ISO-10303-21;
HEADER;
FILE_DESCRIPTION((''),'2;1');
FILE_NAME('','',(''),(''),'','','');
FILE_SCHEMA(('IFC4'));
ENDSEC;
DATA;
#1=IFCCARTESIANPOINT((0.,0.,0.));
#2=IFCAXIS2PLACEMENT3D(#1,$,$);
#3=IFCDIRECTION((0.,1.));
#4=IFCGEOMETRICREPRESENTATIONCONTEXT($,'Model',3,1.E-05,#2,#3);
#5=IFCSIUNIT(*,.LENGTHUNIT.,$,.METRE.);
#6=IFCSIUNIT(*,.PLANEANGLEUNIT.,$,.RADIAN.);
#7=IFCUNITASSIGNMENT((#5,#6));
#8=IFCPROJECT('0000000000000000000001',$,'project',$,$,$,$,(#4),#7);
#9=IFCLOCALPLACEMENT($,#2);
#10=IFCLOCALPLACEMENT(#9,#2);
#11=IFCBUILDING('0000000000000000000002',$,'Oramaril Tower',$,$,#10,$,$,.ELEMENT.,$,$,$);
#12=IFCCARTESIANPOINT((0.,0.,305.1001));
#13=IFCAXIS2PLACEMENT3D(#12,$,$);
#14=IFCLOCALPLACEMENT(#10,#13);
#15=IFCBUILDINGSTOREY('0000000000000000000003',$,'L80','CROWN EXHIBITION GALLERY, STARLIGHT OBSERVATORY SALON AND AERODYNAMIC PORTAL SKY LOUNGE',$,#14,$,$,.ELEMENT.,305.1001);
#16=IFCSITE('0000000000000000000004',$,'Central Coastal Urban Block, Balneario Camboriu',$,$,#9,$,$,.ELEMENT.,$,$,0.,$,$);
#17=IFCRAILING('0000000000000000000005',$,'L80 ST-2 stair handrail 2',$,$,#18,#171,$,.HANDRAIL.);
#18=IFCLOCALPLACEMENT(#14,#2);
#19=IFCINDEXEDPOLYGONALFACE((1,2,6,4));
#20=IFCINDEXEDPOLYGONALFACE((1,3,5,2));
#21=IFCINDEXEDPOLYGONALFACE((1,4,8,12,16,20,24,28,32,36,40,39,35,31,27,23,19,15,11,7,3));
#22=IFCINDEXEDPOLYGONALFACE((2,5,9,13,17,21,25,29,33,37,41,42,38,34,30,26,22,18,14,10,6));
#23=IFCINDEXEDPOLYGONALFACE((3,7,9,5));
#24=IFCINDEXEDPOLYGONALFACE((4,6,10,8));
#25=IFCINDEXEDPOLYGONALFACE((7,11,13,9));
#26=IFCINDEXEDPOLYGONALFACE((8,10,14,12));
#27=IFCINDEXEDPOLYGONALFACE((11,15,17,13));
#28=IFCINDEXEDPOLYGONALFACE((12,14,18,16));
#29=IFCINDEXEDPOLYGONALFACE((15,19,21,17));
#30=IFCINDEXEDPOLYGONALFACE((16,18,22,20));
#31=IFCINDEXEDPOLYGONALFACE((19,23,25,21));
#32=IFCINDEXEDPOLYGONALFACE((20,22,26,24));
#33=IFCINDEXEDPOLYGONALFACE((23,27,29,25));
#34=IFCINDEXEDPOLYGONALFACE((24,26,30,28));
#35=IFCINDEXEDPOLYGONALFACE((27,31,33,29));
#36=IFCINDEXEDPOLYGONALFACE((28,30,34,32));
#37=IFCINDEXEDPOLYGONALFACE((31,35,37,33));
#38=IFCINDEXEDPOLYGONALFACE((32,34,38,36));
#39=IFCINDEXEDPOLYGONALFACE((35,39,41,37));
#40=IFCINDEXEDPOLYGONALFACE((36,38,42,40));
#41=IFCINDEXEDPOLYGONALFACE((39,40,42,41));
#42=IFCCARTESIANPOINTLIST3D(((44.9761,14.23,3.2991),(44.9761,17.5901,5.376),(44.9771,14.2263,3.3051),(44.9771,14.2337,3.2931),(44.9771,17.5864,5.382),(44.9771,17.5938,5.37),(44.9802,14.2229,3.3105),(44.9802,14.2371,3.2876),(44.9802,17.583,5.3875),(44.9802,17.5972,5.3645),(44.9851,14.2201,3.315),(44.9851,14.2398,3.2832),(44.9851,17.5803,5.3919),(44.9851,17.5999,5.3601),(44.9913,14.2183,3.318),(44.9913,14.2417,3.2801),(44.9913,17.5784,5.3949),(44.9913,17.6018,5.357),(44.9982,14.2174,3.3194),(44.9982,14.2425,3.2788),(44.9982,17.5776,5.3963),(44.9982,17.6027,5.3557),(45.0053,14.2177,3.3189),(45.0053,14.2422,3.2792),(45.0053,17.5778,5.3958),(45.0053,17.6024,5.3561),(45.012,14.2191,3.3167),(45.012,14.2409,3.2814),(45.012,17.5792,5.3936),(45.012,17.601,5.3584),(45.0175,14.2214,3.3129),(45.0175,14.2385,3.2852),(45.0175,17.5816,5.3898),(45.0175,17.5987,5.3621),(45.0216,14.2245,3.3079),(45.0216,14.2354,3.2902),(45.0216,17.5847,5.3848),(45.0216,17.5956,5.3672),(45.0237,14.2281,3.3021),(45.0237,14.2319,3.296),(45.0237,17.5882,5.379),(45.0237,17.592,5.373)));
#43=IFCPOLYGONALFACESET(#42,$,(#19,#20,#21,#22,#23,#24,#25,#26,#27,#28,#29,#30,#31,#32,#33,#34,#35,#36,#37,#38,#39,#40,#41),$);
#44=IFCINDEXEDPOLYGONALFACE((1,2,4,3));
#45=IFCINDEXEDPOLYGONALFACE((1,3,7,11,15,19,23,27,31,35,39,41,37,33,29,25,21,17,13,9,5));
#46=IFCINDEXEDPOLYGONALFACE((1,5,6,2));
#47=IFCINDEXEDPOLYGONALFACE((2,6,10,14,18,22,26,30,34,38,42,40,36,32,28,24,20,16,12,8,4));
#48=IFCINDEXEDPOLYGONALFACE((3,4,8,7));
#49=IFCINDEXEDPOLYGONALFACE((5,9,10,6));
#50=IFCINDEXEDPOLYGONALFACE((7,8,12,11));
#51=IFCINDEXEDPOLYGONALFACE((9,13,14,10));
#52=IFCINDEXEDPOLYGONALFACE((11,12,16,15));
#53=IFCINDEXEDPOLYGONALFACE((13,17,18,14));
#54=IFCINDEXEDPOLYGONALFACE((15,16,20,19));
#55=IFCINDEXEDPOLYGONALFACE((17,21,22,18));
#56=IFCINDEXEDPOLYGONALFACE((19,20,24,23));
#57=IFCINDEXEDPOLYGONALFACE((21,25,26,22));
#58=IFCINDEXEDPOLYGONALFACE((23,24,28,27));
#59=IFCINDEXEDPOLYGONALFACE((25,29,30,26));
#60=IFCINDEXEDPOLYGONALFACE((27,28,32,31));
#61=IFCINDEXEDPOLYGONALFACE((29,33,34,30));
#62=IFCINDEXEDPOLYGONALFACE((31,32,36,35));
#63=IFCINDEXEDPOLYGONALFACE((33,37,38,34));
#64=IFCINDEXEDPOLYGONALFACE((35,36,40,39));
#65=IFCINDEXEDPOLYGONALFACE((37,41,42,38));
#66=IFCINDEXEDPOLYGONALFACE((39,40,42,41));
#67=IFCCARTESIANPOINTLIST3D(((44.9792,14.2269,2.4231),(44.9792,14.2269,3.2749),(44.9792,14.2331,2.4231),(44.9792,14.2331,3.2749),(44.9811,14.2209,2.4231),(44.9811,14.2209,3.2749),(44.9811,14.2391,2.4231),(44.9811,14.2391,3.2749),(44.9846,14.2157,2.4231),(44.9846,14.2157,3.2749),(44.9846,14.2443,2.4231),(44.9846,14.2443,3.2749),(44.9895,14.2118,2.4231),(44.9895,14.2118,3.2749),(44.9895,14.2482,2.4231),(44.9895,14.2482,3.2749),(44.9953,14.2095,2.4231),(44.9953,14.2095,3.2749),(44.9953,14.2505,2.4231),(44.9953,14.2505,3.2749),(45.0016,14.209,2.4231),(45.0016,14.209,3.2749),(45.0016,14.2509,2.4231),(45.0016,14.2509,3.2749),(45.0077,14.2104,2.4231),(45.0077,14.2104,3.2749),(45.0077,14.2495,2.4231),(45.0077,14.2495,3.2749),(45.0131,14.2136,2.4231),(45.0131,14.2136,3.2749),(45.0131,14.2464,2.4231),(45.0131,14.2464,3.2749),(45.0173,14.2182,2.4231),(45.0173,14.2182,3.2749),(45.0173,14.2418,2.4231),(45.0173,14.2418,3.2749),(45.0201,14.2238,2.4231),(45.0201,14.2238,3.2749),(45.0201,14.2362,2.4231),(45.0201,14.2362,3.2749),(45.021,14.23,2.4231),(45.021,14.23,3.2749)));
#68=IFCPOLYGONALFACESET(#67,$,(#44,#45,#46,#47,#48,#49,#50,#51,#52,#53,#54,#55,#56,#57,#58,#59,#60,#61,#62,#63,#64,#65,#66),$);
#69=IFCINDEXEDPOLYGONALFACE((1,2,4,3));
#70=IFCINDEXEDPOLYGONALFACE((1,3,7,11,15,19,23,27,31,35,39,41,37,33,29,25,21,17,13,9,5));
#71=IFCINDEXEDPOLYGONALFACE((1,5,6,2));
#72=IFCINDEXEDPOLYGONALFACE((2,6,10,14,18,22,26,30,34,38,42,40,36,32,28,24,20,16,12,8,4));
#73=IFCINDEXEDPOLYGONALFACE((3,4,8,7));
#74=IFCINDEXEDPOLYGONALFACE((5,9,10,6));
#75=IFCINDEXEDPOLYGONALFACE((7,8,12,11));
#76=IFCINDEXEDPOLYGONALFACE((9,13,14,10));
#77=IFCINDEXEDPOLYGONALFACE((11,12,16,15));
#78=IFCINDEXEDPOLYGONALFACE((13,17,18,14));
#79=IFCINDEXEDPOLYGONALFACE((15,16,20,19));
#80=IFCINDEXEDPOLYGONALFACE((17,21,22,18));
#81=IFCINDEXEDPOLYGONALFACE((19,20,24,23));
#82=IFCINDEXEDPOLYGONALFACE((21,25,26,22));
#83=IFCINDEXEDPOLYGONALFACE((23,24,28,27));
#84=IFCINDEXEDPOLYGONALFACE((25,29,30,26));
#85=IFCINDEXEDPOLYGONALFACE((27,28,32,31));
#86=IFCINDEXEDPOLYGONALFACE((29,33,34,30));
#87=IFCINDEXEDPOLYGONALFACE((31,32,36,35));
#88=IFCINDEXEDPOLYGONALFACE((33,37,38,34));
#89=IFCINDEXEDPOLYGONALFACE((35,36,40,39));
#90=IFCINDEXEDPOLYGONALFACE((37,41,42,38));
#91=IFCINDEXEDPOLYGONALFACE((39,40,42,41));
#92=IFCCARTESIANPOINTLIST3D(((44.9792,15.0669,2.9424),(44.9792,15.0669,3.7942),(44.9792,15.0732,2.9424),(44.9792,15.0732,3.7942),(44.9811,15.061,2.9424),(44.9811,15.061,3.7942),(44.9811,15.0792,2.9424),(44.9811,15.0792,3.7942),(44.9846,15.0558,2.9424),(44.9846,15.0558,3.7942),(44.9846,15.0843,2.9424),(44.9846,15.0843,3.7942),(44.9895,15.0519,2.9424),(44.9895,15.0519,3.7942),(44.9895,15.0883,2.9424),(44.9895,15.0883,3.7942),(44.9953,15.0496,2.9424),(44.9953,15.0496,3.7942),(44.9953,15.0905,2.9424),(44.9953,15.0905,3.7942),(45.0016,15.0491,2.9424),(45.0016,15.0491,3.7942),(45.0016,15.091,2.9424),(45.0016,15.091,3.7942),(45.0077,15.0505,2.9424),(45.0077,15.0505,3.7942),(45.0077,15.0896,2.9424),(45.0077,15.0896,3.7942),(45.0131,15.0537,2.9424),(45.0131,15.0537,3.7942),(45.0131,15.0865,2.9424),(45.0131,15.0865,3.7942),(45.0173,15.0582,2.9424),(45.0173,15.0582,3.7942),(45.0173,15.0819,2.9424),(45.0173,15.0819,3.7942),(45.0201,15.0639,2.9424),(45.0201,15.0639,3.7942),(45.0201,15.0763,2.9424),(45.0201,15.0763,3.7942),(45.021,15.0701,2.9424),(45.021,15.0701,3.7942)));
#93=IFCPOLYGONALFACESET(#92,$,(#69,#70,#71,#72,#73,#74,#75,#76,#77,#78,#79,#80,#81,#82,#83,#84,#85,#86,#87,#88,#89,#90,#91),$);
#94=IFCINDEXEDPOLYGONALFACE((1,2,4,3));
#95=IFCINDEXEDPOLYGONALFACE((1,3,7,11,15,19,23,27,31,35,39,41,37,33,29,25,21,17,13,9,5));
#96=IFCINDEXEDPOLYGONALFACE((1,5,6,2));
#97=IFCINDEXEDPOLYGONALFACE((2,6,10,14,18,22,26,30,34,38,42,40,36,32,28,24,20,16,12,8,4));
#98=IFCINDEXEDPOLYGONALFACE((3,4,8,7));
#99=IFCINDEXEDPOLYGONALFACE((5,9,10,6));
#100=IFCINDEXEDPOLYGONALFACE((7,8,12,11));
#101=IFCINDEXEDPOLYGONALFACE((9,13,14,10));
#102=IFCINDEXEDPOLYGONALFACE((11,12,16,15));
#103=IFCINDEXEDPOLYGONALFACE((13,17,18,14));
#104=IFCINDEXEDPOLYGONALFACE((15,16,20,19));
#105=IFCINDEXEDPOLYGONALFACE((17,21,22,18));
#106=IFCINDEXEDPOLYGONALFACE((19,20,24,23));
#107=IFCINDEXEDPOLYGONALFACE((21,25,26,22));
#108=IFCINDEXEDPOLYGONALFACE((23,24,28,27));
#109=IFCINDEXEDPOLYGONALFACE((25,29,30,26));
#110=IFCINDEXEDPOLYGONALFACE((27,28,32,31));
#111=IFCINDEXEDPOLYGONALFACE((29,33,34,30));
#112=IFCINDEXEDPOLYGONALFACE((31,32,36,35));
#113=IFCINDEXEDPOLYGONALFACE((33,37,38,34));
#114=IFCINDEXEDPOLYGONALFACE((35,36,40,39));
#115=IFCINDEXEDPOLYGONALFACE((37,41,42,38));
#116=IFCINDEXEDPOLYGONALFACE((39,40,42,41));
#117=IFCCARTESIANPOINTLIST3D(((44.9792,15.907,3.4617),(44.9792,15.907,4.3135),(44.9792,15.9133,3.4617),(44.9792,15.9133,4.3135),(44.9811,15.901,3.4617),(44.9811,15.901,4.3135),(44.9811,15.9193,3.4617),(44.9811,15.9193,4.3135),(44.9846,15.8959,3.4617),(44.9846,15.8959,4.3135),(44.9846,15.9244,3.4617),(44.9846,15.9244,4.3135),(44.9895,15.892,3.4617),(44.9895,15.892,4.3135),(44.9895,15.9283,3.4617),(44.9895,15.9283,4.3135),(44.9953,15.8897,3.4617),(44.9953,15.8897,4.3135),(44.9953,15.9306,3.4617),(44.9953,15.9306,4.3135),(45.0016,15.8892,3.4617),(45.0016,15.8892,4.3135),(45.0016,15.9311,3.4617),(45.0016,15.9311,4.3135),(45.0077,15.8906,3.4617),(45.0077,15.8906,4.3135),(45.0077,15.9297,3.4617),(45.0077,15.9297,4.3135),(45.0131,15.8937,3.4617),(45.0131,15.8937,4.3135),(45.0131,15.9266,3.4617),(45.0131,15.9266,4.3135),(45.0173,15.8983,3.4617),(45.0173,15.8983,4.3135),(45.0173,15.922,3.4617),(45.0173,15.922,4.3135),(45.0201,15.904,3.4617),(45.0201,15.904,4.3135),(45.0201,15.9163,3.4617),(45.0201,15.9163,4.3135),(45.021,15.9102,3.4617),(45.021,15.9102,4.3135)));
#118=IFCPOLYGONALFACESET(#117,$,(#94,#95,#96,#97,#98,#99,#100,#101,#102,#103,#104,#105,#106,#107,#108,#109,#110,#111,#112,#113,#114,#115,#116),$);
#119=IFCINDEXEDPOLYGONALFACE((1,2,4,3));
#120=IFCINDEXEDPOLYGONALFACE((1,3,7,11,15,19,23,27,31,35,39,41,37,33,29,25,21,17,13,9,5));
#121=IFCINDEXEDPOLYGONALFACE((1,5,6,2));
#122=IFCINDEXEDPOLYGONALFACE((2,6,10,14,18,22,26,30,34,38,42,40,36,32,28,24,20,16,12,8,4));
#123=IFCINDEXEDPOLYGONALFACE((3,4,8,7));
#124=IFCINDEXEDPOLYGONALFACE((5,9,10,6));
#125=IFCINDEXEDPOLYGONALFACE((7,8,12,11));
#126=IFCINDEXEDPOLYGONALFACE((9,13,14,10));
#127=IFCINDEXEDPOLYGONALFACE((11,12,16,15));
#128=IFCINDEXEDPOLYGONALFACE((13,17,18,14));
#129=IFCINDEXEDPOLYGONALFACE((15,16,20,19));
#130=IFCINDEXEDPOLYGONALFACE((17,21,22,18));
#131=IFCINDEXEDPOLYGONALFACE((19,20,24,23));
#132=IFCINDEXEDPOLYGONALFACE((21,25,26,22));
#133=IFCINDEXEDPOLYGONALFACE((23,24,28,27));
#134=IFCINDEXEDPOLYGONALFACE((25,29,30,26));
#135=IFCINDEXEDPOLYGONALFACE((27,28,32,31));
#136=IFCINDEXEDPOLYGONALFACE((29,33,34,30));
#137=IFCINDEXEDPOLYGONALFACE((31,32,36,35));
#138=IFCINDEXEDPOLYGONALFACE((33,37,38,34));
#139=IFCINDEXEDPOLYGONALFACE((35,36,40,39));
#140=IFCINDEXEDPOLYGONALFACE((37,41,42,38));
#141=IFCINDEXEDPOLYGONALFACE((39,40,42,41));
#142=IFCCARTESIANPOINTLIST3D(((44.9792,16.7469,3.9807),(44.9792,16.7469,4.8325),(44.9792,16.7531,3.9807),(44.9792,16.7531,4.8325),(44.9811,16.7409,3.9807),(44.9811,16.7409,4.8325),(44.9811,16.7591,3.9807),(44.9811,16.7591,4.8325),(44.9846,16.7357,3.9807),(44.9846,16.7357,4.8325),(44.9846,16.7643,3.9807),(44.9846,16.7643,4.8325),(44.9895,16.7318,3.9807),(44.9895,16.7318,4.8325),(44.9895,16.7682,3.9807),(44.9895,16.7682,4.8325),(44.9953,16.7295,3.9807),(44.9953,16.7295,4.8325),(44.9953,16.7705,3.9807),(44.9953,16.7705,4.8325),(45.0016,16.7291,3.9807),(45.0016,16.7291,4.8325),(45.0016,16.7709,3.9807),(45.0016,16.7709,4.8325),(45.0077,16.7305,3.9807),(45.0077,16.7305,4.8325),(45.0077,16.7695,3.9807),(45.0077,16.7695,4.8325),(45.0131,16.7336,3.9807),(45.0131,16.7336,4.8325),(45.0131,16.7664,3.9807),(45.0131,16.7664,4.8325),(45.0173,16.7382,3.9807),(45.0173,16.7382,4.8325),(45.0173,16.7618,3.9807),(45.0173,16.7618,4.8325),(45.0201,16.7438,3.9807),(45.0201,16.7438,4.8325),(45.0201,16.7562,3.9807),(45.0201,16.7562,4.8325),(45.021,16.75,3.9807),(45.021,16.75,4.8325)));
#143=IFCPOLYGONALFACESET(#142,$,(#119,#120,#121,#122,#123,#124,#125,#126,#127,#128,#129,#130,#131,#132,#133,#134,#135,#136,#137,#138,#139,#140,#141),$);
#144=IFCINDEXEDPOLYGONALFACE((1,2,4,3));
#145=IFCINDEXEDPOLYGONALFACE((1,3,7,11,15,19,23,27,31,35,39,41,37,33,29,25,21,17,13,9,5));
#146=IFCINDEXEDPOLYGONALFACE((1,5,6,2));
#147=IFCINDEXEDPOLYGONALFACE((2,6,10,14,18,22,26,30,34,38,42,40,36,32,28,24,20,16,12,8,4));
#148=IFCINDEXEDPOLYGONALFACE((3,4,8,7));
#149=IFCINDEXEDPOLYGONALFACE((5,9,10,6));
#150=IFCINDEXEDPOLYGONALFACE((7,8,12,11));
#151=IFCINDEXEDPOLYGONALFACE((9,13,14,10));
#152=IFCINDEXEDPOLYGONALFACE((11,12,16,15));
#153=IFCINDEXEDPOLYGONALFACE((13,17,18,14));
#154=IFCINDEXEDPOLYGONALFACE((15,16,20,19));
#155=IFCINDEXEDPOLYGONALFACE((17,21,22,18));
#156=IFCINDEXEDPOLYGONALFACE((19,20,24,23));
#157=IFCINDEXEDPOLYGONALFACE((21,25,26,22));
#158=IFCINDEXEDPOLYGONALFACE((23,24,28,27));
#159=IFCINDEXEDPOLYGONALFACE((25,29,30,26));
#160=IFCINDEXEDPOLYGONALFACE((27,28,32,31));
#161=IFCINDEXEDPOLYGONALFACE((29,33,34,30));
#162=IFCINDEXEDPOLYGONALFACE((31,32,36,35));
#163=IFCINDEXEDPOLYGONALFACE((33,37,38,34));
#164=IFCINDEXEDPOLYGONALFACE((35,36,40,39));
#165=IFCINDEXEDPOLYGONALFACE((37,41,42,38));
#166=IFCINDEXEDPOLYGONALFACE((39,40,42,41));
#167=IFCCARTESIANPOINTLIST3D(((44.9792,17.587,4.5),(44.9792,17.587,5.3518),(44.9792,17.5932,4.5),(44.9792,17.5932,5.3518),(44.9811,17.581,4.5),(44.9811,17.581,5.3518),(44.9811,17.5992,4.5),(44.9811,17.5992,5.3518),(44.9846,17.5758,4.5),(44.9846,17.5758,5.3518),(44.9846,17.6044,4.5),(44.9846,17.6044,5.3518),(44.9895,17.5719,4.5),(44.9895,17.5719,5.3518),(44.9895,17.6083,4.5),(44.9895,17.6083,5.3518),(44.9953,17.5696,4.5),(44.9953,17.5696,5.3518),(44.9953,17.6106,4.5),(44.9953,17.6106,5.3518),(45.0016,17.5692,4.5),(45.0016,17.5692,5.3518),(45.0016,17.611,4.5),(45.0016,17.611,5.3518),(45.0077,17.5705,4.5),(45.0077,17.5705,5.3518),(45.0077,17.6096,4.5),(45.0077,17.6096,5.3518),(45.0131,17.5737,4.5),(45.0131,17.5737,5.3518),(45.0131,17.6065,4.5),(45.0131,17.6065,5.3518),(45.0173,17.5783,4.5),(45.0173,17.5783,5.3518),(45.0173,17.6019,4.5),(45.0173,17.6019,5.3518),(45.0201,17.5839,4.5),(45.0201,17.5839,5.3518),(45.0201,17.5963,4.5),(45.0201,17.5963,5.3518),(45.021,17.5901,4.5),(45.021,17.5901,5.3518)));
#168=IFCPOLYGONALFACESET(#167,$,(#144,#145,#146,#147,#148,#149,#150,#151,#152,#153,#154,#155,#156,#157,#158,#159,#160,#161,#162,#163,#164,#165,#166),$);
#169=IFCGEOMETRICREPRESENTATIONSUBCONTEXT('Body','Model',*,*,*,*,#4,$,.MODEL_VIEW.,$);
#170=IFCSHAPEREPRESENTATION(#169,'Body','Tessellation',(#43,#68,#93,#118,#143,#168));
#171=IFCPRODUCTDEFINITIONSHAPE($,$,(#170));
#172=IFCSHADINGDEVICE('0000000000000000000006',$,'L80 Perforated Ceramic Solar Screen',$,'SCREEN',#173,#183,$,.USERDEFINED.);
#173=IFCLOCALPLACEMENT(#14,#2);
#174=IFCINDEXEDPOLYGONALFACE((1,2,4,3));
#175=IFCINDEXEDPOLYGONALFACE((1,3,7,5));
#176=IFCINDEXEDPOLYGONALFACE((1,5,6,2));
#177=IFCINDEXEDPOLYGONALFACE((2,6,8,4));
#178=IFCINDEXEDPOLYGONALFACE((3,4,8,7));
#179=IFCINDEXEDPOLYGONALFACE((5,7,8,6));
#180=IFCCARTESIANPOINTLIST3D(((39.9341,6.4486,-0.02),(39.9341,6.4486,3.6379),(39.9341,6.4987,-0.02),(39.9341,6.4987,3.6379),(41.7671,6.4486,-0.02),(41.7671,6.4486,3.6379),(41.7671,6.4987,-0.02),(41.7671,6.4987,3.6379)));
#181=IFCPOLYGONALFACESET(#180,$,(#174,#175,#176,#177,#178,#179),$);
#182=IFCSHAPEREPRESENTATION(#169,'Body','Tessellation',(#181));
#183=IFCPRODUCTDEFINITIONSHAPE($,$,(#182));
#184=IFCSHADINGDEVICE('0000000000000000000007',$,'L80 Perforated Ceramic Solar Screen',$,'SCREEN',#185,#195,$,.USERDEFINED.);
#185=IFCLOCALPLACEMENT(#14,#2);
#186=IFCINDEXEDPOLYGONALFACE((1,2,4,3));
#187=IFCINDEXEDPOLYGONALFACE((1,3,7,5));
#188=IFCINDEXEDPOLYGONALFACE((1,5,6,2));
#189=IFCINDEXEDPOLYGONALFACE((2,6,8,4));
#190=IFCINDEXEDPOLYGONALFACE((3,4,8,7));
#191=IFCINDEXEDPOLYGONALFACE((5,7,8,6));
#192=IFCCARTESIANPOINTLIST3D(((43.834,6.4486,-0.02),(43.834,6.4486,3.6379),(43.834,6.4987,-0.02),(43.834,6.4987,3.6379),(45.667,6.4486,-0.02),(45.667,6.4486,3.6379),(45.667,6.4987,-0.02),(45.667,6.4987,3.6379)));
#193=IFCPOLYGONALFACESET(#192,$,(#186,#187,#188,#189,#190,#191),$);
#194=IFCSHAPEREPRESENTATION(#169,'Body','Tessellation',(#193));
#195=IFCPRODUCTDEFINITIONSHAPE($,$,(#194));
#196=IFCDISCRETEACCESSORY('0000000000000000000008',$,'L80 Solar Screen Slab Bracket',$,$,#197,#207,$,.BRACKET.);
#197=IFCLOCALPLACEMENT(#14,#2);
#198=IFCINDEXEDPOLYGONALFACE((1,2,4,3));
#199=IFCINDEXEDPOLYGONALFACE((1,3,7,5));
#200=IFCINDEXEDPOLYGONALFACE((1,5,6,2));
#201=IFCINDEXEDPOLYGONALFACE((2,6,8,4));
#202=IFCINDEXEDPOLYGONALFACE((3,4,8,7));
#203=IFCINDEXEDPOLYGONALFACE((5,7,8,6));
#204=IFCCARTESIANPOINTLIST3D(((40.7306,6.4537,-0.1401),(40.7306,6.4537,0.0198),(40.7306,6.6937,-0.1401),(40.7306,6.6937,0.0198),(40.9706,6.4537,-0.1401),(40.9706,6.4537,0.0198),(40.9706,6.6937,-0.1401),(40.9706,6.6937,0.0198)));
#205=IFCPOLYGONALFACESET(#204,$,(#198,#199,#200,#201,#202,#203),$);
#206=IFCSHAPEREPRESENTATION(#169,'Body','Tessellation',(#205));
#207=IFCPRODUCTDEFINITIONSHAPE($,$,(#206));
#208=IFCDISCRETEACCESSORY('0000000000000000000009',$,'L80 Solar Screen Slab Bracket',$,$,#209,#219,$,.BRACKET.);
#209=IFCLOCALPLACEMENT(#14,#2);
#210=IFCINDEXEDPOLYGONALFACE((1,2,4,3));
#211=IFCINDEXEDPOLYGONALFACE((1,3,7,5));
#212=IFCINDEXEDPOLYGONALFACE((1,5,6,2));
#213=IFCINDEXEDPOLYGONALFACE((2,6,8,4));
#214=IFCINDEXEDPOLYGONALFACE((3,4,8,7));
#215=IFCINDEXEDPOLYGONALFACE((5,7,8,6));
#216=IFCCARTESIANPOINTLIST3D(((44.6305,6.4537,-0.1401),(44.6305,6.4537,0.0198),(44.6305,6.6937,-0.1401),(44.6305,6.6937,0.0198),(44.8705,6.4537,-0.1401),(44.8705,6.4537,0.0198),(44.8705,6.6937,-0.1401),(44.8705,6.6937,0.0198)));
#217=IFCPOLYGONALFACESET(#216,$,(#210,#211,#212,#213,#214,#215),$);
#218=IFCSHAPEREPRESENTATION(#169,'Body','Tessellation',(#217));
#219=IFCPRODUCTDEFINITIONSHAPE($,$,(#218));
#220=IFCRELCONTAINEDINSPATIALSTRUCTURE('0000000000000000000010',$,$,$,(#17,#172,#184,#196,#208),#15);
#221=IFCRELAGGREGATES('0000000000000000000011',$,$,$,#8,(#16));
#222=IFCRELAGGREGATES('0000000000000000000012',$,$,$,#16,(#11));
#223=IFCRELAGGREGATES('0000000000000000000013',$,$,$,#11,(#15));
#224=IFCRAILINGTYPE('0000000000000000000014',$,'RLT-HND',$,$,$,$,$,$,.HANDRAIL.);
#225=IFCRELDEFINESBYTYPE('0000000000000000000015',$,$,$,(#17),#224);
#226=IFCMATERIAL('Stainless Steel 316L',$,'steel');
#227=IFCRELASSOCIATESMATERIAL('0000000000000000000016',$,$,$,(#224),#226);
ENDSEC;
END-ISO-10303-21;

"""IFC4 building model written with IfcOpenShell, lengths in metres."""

from ifc_helpers import new_model, si_unit, direction, frame, origin, origin_2d, place, context, subcontext, project, spatial, rectangle, circle, extrude, material, type_object, element, save


model = new_model("IFC4")

# Units and contexts
model_context = context("Model", 3, precision=1e-05, world=origin(), true_north=direction((0.0, 1.0)))
body_context = subcontext(model_context, "Body", "Model", "MODEL_VIEW")
ifc_project = project(units=[si_unit("LENGTHUNIT", "METRE"), si_unit("PLANEANGLEUNIT", "RADIAN")], contexts=[model_context])

# Site, building, storey
site_placement = place(None, origin())
site = spatial("IfcSite", under=ifc_project, at=site_placement, Name="Central Coastal Urban Block, Balneario Camboriu", CompositionType="ELEMENT", RefElevation=0.0)
building_placement = place(site_placement, origin())
building = spatial("IfcBuilding", under=site, at=building_placement, Name="Oramaril Tower", CompositionType="ELEMENT")
storey_placement = place(building_placement, frame((0.0, 0.0, 305.1001)))
storey = spatial("IfcBuildingStorey", under=building, at=storey_placement, Name="L80", Description="CROWN EXHIBITION GALLERY, STARLIGHT OBSERVATORY SALON AND AERODYNAMIC PORTAL SKY LOUNGE", CompositionType="ELEMENT", Elevation=305.1001)

# Railing
ifc_material_1 = material(Name="Stainless Steel 316L", Category="steel")
railing_type_1 = type_object("IfcRailingType", Name="RLT-HND", PredefinedType="HANDRAIL", material=ifc_material_1)
railing_1_placement = place(storey_placement, frame((45.0, 14.23, 2.4231)))
element("IfcRailing", 1, at=railing_1_placement, inside=storey, type_object=railing_type_1, Name="L80 ST-2 stair handrail 2", PredefinedType="HANDRAIL", context=body_context, shape_type="SweptSolid", body=[
    extrude(circle(Radius=0.0239, at=origin_2d()), frame((0.0, 0.0, 0.876), z_axis=(0.0, 0.850623, 0.525776), x_axis=(-1.0, 0.0, 0.0)), (0.0, 0.0, 1.0), 3.9502),
    extrude(circle(Radius=0.021, at=origin_2d()), origin(), (0.0, 0.0, 1.0), 0.8518),
    extrude(circle(Radius=0.021, at=origin_2d()), frame((0.0, 0.8401, 0.5193)), (0.0, 0.0, 1.0), 0.8518),
    extrude(circle(Radius=0.021, at=origin_2d()), frame((0.0, 1.6802, 1.0386)), (0.0, 0.0, 1.0), 0.8518),
    extrude(circle(Radius=0.021, at=origin_2d()), frame((0.0, 2.52, 1.5576)), (0.0, 0.0, 1.0), 0.8518),
    extrude(circle(Radius=0.021, at=origin_2d()), frame((0.0, 3.3601, 2.0769)), (0.0, 0.0, 1.0), 0.8518),
])

# Shading devices
for number, where, z_axis, x_axis, name in (
    (2, (40.8506, 6.4736, -0.02), (0.0, 0.0, 1.0), (1.0, 0.0, 0.0), "L80 Perforated Ceramic Solar Screen"),
    (3, (44.7505, 6.4736, -0.02), (0.0, 0.0, 1.0), (1.0, 0.0, 0.0), "L80 Perforated Ceramic Solar Screen"),
):
    element("IfcShadingDevice", number, at=place(storey_placement, frame(where, z_axis=z_axis, x_axis=x_axis)), inside=storey, Name=name, ObjectType="SCREEN", PredefinedType="USERDEFINED", context=body_context, shape_type="SweptSolid", body=[
        extrude(rectangle(XDim=1.833, YDim=0.05, at=origin_2d()), origin(), (0.0, 0.0, 1.0), 3.658),
    ])

# Discrete accessories
for number, where, z_axis, x_axis, name in (
    (4, (40.8506, 6.5737, -0.1401), (0.0, 0.0, 1.0), (1.0, 0.0, 0.0), "L80 Solar Screen Slab Bracket"),
    (5, (44.7505, 6.5737, -0.1401), (0.0, 0.0, 1.0), (1.0, 0.0, 0.0), "L80 Solar Screen Slab Bracket"),
):
    element("IfcDiscreteAccessory", number, at=place(storey_placement, frame(where, z_axis=z_axis, x_axis=x_axis)), inside=storey, Name=name, PredefinedType="BRACKET", context=body_context, shape_type="SweptSolid", body=[
        extrude(rectangle(XDim=0.24, YDim=0.24, at=origin_2d()), origin(), (0.0, 0.0, 1.0), 0.1599),
    ])

save(model, "model.ifc")
